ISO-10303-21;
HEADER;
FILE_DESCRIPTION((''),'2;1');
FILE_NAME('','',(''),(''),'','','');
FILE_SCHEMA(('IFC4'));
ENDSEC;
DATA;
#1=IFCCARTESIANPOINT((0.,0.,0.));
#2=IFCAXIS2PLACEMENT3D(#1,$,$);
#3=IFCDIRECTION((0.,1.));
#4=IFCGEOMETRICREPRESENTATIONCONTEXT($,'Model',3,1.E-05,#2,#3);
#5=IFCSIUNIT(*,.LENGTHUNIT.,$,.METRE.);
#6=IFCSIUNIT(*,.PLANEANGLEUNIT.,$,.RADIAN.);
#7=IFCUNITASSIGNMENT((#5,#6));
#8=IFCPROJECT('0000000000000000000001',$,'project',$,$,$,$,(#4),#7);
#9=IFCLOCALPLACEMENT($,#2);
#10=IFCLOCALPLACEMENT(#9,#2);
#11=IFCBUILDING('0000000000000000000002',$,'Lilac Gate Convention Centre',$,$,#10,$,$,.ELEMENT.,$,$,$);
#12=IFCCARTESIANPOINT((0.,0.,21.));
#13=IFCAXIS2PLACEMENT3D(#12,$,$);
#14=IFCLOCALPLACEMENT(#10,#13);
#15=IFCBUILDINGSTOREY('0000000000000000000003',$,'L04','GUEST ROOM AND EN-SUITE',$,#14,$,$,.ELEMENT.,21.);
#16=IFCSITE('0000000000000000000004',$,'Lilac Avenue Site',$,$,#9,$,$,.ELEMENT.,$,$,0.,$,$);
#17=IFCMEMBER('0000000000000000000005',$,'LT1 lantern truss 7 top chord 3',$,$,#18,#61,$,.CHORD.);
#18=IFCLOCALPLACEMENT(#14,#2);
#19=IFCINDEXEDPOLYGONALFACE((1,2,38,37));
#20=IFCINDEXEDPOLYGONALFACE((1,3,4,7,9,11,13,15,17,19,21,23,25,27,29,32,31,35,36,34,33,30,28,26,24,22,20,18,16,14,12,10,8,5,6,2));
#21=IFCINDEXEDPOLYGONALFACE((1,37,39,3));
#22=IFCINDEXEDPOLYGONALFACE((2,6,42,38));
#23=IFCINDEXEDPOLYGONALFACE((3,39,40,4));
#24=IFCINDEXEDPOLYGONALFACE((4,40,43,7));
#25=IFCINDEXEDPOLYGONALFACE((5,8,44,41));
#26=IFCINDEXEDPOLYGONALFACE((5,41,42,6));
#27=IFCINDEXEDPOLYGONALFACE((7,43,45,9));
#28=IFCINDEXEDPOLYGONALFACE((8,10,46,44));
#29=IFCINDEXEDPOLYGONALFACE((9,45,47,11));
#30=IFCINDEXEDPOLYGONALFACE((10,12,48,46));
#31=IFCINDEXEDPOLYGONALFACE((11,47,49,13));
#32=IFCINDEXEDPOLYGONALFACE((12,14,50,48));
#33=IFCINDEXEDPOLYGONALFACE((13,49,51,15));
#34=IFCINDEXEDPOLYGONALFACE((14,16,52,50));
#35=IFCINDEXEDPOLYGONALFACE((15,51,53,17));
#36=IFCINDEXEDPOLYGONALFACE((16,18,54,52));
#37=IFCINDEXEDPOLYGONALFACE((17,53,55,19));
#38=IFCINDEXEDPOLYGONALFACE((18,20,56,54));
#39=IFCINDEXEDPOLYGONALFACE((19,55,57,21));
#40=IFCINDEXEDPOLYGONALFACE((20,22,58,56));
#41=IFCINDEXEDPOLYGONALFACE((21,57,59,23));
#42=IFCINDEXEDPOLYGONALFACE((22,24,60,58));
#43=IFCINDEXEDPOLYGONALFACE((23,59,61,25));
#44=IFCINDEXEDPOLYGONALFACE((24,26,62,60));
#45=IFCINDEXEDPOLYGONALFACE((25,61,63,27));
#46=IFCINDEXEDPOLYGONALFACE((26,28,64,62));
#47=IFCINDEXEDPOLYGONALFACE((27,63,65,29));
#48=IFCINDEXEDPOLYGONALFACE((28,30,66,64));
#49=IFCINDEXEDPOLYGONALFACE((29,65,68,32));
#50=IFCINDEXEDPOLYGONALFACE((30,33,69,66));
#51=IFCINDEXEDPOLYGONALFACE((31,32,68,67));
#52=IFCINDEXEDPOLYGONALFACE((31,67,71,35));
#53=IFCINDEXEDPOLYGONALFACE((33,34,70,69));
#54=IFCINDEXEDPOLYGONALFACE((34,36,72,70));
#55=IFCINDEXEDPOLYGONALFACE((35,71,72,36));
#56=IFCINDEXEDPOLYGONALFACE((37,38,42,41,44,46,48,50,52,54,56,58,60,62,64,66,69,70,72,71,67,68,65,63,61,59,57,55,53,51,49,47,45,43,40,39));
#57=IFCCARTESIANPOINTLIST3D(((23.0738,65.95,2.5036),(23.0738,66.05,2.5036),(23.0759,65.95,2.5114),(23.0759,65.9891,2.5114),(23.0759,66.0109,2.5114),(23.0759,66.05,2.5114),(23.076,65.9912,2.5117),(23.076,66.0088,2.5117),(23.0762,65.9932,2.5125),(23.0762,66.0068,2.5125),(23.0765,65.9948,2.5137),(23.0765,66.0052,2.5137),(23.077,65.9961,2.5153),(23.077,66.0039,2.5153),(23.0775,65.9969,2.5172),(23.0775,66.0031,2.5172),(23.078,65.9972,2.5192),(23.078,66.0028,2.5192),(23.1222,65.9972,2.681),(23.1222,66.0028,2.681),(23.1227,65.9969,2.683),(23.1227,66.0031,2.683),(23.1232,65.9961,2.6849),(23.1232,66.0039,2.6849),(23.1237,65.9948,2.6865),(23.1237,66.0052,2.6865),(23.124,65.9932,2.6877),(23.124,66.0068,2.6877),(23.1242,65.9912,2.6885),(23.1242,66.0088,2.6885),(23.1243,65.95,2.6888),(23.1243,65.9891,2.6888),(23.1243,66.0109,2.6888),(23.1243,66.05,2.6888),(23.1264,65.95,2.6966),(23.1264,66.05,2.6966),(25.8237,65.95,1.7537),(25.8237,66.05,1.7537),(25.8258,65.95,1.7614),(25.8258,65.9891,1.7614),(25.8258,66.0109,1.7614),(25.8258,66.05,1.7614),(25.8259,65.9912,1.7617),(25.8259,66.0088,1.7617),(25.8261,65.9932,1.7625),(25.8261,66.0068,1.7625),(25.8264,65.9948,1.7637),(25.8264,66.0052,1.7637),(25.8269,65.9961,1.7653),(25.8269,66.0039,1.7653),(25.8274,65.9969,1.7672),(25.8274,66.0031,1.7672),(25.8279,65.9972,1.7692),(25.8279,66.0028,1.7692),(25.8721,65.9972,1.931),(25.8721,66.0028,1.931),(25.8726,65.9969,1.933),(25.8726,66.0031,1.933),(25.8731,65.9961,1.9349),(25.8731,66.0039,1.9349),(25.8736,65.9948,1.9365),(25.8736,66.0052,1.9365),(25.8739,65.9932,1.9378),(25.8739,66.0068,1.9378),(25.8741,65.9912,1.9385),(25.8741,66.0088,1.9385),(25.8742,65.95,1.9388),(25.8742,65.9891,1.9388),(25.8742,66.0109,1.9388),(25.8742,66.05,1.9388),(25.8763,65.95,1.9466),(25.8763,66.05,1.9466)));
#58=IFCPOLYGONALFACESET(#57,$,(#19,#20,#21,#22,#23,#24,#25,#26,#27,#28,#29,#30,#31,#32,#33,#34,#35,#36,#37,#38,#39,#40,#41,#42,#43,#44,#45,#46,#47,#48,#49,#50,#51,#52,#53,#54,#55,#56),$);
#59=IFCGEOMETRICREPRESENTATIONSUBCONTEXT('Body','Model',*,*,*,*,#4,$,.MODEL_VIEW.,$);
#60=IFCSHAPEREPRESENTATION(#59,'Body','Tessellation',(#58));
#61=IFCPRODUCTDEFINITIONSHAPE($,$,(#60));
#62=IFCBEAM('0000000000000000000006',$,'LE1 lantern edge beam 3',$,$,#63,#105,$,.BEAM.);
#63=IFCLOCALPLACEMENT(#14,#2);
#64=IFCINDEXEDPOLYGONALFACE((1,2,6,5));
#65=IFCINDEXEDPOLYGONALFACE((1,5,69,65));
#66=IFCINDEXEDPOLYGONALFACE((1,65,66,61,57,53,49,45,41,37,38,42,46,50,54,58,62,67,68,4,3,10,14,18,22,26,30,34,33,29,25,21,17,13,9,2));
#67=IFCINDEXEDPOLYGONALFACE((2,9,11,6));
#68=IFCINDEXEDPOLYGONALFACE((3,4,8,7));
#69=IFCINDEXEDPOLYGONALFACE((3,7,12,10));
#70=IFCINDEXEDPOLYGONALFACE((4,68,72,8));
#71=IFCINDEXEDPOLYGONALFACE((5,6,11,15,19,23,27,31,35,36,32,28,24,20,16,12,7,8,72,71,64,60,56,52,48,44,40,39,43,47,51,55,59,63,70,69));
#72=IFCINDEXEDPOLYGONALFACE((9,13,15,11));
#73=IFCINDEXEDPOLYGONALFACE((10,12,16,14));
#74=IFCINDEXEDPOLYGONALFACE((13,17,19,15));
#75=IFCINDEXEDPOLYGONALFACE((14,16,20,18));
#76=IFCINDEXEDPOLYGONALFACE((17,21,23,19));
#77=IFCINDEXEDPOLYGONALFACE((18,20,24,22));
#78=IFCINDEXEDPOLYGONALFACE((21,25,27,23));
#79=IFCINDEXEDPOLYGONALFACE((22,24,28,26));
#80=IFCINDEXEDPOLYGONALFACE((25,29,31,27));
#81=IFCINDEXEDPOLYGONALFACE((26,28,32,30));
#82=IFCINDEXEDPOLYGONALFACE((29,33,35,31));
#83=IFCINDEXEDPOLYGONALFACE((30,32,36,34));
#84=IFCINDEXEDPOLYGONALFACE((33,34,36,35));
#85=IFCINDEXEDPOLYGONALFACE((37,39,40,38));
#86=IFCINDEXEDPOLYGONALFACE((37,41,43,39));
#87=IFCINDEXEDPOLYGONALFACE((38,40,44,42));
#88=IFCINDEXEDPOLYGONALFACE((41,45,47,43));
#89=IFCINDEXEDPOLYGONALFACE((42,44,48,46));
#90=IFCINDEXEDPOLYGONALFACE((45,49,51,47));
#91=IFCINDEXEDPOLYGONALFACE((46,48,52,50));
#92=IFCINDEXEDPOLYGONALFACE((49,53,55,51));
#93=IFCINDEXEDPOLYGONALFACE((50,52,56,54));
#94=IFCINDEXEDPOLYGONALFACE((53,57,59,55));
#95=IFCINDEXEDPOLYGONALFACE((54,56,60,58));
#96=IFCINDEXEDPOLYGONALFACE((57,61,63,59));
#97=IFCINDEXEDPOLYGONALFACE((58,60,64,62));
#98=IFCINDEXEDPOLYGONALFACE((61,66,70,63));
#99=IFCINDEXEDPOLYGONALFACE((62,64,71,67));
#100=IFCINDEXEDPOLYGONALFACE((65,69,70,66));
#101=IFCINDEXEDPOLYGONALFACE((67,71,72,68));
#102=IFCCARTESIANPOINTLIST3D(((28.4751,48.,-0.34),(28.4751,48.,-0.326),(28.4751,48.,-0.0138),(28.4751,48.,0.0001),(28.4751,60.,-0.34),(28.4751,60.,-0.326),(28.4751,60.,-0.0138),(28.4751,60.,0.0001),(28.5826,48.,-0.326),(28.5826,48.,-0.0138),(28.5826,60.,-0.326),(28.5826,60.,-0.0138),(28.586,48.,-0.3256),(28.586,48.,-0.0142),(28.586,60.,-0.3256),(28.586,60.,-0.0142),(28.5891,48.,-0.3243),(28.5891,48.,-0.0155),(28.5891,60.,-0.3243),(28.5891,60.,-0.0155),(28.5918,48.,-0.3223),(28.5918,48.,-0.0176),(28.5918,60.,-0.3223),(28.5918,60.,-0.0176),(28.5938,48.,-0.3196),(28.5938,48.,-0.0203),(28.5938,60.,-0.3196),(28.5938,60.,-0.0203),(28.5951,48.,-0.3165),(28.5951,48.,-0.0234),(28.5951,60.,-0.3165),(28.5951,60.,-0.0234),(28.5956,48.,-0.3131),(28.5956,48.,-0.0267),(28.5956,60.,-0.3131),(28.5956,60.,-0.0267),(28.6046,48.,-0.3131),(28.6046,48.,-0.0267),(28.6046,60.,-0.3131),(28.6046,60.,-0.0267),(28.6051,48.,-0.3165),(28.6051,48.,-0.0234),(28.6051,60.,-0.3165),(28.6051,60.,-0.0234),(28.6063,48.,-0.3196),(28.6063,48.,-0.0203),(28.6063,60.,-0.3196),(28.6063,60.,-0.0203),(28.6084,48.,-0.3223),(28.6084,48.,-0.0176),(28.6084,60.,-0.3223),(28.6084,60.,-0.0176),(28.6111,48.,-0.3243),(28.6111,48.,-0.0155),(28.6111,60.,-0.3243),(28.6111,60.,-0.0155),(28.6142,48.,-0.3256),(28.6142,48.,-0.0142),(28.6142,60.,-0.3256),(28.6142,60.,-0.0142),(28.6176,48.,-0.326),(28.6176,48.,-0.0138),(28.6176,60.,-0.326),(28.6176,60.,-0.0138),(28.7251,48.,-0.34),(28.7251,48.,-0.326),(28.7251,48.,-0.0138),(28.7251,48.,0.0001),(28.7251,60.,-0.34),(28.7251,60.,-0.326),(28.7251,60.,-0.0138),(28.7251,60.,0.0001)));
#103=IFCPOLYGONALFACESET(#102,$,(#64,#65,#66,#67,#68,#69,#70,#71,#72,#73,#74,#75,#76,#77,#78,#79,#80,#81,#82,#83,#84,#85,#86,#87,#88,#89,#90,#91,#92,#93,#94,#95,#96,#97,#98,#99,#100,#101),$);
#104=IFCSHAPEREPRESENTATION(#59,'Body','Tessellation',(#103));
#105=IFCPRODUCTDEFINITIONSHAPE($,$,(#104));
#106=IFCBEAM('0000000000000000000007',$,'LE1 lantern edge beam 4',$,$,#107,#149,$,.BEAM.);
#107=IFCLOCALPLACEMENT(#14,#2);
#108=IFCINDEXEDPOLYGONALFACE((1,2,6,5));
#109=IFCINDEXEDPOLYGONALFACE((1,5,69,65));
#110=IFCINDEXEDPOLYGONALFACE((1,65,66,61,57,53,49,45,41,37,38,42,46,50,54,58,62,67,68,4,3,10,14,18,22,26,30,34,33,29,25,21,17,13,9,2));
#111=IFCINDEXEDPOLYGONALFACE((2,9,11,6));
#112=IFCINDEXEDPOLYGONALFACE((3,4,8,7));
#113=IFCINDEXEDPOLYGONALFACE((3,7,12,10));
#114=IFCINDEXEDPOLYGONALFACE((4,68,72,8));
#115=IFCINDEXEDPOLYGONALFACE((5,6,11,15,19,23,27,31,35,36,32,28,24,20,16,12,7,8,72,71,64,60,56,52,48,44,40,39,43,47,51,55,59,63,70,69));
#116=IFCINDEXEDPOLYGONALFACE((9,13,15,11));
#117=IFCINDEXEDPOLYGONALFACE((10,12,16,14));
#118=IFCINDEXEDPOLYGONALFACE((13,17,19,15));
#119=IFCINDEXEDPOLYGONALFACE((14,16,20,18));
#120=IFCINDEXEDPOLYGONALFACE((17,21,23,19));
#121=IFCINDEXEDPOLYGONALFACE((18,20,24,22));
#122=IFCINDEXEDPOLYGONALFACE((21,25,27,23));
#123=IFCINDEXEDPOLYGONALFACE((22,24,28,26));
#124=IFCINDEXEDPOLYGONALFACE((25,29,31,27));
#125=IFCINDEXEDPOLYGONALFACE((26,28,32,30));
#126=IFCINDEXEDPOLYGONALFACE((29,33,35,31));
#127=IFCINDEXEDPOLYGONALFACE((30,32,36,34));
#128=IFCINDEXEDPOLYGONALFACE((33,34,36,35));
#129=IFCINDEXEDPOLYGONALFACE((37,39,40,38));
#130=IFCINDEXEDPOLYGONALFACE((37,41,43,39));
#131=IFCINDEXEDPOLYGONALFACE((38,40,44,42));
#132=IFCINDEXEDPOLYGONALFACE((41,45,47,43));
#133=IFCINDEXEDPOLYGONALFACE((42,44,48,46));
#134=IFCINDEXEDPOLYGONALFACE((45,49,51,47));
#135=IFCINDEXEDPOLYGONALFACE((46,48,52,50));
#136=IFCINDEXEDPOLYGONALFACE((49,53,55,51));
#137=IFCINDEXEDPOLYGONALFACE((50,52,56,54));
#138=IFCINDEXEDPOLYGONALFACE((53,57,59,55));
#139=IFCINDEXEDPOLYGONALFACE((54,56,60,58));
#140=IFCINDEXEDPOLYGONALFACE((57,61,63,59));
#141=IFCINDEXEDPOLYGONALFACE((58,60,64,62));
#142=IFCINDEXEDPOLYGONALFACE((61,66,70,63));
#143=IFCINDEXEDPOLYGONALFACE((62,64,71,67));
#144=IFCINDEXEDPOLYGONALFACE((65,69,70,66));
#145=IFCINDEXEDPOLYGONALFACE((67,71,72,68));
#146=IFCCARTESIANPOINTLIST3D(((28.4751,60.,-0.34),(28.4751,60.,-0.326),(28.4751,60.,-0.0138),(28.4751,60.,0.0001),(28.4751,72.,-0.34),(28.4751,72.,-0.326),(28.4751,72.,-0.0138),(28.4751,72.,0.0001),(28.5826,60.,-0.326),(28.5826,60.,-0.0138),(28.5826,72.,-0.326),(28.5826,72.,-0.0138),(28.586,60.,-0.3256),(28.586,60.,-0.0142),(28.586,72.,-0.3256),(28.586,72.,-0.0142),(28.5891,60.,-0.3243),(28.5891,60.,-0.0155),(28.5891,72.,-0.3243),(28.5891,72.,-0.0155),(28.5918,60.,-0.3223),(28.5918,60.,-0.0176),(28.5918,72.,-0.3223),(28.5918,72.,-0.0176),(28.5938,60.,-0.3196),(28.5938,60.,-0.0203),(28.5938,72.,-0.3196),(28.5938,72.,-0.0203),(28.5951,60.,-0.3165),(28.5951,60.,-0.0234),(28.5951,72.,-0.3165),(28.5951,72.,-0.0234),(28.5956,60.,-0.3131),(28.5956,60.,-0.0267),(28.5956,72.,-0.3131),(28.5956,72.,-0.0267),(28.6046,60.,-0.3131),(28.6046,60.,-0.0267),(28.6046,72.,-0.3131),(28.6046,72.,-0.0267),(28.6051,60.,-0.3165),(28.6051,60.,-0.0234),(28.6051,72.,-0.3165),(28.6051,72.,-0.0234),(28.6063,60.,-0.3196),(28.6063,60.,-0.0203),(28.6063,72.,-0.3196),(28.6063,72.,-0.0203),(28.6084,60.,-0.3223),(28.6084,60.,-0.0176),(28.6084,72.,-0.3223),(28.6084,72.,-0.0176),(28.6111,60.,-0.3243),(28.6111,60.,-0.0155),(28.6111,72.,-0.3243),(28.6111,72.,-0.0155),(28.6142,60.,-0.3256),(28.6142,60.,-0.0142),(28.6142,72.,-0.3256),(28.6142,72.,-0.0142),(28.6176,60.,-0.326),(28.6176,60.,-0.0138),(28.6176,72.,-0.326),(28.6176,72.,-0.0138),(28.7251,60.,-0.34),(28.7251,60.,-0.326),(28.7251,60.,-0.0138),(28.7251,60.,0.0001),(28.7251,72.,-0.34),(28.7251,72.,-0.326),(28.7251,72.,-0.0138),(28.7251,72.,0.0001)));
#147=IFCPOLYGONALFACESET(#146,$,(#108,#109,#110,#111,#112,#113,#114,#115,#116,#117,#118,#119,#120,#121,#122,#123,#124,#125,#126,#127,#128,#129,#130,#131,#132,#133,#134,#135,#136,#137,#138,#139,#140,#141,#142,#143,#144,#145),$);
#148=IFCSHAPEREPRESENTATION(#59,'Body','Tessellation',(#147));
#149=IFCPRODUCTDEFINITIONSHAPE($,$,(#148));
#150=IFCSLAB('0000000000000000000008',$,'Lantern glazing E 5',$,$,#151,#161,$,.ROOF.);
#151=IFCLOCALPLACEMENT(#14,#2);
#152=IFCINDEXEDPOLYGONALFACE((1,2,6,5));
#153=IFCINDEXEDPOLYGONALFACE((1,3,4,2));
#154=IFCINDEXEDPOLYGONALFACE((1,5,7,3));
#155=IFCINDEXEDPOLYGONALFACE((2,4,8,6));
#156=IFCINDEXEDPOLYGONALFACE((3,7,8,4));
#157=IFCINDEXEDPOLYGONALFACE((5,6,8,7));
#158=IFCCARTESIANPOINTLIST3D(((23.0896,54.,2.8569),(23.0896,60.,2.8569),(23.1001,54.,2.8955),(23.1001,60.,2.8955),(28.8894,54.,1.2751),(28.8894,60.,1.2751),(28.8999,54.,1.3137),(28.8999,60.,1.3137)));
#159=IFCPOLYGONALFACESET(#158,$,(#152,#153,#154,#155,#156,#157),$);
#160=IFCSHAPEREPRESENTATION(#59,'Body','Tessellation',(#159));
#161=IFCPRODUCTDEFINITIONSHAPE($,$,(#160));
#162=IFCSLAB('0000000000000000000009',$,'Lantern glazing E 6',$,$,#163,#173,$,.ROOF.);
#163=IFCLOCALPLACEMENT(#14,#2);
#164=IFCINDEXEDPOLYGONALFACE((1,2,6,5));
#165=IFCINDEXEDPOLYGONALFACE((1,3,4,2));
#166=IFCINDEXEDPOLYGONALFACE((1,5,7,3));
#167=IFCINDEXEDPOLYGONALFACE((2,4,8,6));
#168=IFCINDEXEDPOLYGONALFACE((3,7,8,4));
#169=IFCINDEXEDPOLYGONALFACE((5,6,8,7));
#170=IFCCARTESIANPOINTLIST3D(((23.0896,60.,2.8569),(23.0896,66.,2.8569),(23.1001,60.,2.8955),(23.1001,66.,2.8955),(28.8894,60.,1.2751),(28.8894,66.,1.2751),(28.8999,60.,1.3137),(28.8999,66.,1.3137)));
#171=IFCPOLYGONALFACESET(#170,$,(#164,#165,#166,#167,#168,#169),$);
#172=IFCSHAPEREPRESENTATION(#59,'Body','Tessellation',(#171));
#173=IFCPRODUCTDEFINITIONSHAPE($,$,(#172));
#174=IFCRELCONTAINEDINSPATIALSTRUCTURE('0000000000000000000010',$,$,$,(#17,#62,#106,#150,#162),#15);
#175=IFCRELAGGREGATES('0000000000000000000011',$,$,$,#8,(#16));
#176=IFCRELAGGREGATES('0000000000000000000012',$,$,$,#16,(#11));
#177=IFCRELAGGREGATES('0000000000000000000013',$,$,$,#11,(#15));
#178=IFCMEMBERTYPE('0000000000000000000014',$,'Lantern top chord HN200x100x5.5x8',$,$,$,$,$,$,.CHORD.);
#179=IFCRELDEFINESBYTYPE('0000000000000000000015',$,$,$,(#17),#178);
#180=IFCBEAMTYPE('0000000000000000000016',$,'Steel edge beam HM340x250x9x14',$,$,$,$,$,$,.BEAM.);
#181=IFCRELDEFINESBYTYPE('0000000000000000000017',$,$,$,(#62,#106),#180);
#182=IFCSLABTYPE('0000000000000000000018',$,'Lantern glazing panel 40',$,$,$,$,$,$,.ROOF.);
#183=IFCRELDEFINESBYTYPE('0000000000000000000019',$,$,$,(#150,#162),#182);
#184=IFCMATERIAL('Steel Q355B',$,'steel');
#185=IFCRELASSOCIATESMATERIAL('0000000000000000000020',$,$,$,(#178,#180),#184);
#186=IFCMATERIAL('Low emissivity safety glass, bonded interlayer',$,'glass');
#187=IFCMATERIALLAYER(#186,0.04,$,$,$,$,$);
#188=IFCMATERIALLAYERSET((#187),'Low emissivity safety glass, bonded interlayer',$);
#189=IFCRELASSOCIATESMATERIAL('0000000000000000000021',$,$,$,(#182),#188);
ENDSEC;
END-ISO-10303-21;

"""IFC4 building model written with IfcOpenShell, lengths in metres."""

from ifc_helpers import new_model, si_unit, direction, frame, origin, origin_2d, place, context, subcontext, project, spatial, polyline, i_section, outline, extrude, material, layer, layer_set, material_profile, profile_set, type_object, element, save


model = new_model("IFC4")

# Units and contexts
model_context = context("Model", 3, precision=1e-05, world=origin(), true_north=direction((0.0, 1.0)))
body_context = subcontext(model_context, "Body", "Model", "MODEL_VIEW")
ifc_project = project(units=[si_unit("LENGTHUNIT", "METRE"), si_unit("PLANEANGLEUNIT", "RADIAN")], contexts=[model_context])

# Site, building, storey
site_placement = place(None, origin())
site = spatial("IfcSite", under=ifc_project, at=site_placement, Name="Lilac Avenue Site", CompositionType="ELEMENT", RefElevation=0.0)
building_placement = place(site_placement, origin())
building = spatial("IfcBuilding", under=site, at=building_placement, Name="Lilac Gate Convention Centre", CompositionType="ELEMENT")
storey_placement = place(building_placement, frame((0.0, 0.0, 21.0)))
storey = spatial("IfcBuildingStorey", under=building, at=storey_placement, Name="L04", Description="GUEST ROOM AND EN-SUITE", CompositionType="ELEMENT", Elevation=21.0)

# Member
ifc_material_1 = material(Name="Steel Q355B", Category="steel")
ifc_material_profile_1 = material_profile(ifc_material_1, i_section(OverallWidth=0.1001, OverallDepth=0.2, WebThickness=0.0056, FlangeThickness=0.0081, FilletRadius=0.0081, at=origin_2d()), Name="HN200x100x5.5x8")
ifc_profile_set_1 = profile_set([ifc_material_profile_1], Name="Steel Q355B")
member_type_1 = type_object("IfcMemberType", Name="Lantern top chord HN200x100x5.5x8", PredefinedType="CHORD", material=ifc_profile_set_1)
for number, where, z_axis, x_axis, name in (
    (1, (23.1001, 66.0, 2.6001), (0.964764, 0.0, -0.263117), (0.0, 1.0, 0.0), "LT1 lantern truss 7 top chord 3"),
):
    element("IfcMember", number, at=place(storey_placement, frame(where, z_axis=z_axis, x_axis=x_axis)), inside=storey, type_object=member_type_1, Name=name, PredefinedType="CHORD", context=body_context, shape_type="SweptSolid", body=[
        extrude(i_section(OverallWidth=0.1001, OverallDepth=0.2, WebThickness=0.0056, FlangeThickness=0.0081, FilletRadius=0.0081, at=origin_2d()), origin(), (0.0, 0.0, 1.0), 2.8503),
    ])

# Beams
ifc_material_profile_2 = material_profile(ifc_material_1, i_section(OverallWidth=0.25, OverallDepth=0.3401, WebThickness=0.009, FlangeThickness=0.0139, FilletRadius=0.0129, at=origin_2d()), Name="HM340x250x9x14")
ifc_profile_set_2 = profile_set([ifc_material_profile_2], Name="Steel Q355B")
beam_type = type_object("IfcBeamType", Name="Steel edge beam HM340x250x9x14", PredefinedType="BEAM", material=ifc_profile_set_2)
for number, where, z_axis, x_axis, name in (
    (2, (28.6001, 48.0, -0.1699), (0.0, 1.0, 0.0), (-1.0, 0.0, 0.0), "LE1 lantern edge beam 3"),
    (3, (28.6001, 60.0, -0.1699), (0.0, 1.0, 0.0), (-1.0, 0.0, 0.0), "LE1 lantern edge beam 4"),
):
    element("IfcBeam", number, at=place(storey_placement, frame(where, z_axis=z_axis, x_axis=x_axis)), inside=storey, type_object=beam_type, Name=name, PredefinedType="BEAM", context=body_context, shape_type="SweptSolid", body=[
        extrude(i_section(OverallWidth=0.25, OverallDepth=0.3401, WebThickness=0.009, FlangeThickness=0.0139, FilletRadius=0.0129, at=origin_2d()), origin(), (0.0, 0.0, 1.0), 12.0),
    ])

# Slabs
ifc_material_2 = material(Name="Low emissivity safety glass, bonded interlayer", Category="glass")
ifc_layer = layer(ifc_material_2, 0.04)
ifc_layer_set = layer_set([ifc_layer], Name="Low emissivity safety glass, bonded interlayer")
slab_type = type_object("IfcSlabType", Name="Lantern glazing panel 40", PredefinedType="ROOF", material=ifc_layer_set)
for number, where, z_axis, x_axis, name in (
    (4, (23.1001, 54.0, 2.8955), (0.263121, 0.0, 0.964763), (0.964763, 0.0, -0.263121), "Lantern glazing E 5"),
    (5, (23.1001, 60.0, 2.8955), (0.263121, 0.0, 0.964763), (0.964763, 0.0, -0.263121), "Lantern glazing E 6"),
):
    element("IfcSlab", number, at=place(storey_placement, frame(where, z_axis=z_axis, x_axis=x_axis)), inside=storey, type_object=slab_type, Name=name, PredefinedType="ROOF", context=body_context, shape_type="SweptSolid", body=[
        extrude(outline(polyline([(0.0, 0.0), (6.0116, 0.0), (6.0116, 6.0), (0.0, 6.0), (0.0, 0.0)])), origin(), (0.0, 0.0, -1.0), 0.04),
    ])

save(model, "model.ifc")
